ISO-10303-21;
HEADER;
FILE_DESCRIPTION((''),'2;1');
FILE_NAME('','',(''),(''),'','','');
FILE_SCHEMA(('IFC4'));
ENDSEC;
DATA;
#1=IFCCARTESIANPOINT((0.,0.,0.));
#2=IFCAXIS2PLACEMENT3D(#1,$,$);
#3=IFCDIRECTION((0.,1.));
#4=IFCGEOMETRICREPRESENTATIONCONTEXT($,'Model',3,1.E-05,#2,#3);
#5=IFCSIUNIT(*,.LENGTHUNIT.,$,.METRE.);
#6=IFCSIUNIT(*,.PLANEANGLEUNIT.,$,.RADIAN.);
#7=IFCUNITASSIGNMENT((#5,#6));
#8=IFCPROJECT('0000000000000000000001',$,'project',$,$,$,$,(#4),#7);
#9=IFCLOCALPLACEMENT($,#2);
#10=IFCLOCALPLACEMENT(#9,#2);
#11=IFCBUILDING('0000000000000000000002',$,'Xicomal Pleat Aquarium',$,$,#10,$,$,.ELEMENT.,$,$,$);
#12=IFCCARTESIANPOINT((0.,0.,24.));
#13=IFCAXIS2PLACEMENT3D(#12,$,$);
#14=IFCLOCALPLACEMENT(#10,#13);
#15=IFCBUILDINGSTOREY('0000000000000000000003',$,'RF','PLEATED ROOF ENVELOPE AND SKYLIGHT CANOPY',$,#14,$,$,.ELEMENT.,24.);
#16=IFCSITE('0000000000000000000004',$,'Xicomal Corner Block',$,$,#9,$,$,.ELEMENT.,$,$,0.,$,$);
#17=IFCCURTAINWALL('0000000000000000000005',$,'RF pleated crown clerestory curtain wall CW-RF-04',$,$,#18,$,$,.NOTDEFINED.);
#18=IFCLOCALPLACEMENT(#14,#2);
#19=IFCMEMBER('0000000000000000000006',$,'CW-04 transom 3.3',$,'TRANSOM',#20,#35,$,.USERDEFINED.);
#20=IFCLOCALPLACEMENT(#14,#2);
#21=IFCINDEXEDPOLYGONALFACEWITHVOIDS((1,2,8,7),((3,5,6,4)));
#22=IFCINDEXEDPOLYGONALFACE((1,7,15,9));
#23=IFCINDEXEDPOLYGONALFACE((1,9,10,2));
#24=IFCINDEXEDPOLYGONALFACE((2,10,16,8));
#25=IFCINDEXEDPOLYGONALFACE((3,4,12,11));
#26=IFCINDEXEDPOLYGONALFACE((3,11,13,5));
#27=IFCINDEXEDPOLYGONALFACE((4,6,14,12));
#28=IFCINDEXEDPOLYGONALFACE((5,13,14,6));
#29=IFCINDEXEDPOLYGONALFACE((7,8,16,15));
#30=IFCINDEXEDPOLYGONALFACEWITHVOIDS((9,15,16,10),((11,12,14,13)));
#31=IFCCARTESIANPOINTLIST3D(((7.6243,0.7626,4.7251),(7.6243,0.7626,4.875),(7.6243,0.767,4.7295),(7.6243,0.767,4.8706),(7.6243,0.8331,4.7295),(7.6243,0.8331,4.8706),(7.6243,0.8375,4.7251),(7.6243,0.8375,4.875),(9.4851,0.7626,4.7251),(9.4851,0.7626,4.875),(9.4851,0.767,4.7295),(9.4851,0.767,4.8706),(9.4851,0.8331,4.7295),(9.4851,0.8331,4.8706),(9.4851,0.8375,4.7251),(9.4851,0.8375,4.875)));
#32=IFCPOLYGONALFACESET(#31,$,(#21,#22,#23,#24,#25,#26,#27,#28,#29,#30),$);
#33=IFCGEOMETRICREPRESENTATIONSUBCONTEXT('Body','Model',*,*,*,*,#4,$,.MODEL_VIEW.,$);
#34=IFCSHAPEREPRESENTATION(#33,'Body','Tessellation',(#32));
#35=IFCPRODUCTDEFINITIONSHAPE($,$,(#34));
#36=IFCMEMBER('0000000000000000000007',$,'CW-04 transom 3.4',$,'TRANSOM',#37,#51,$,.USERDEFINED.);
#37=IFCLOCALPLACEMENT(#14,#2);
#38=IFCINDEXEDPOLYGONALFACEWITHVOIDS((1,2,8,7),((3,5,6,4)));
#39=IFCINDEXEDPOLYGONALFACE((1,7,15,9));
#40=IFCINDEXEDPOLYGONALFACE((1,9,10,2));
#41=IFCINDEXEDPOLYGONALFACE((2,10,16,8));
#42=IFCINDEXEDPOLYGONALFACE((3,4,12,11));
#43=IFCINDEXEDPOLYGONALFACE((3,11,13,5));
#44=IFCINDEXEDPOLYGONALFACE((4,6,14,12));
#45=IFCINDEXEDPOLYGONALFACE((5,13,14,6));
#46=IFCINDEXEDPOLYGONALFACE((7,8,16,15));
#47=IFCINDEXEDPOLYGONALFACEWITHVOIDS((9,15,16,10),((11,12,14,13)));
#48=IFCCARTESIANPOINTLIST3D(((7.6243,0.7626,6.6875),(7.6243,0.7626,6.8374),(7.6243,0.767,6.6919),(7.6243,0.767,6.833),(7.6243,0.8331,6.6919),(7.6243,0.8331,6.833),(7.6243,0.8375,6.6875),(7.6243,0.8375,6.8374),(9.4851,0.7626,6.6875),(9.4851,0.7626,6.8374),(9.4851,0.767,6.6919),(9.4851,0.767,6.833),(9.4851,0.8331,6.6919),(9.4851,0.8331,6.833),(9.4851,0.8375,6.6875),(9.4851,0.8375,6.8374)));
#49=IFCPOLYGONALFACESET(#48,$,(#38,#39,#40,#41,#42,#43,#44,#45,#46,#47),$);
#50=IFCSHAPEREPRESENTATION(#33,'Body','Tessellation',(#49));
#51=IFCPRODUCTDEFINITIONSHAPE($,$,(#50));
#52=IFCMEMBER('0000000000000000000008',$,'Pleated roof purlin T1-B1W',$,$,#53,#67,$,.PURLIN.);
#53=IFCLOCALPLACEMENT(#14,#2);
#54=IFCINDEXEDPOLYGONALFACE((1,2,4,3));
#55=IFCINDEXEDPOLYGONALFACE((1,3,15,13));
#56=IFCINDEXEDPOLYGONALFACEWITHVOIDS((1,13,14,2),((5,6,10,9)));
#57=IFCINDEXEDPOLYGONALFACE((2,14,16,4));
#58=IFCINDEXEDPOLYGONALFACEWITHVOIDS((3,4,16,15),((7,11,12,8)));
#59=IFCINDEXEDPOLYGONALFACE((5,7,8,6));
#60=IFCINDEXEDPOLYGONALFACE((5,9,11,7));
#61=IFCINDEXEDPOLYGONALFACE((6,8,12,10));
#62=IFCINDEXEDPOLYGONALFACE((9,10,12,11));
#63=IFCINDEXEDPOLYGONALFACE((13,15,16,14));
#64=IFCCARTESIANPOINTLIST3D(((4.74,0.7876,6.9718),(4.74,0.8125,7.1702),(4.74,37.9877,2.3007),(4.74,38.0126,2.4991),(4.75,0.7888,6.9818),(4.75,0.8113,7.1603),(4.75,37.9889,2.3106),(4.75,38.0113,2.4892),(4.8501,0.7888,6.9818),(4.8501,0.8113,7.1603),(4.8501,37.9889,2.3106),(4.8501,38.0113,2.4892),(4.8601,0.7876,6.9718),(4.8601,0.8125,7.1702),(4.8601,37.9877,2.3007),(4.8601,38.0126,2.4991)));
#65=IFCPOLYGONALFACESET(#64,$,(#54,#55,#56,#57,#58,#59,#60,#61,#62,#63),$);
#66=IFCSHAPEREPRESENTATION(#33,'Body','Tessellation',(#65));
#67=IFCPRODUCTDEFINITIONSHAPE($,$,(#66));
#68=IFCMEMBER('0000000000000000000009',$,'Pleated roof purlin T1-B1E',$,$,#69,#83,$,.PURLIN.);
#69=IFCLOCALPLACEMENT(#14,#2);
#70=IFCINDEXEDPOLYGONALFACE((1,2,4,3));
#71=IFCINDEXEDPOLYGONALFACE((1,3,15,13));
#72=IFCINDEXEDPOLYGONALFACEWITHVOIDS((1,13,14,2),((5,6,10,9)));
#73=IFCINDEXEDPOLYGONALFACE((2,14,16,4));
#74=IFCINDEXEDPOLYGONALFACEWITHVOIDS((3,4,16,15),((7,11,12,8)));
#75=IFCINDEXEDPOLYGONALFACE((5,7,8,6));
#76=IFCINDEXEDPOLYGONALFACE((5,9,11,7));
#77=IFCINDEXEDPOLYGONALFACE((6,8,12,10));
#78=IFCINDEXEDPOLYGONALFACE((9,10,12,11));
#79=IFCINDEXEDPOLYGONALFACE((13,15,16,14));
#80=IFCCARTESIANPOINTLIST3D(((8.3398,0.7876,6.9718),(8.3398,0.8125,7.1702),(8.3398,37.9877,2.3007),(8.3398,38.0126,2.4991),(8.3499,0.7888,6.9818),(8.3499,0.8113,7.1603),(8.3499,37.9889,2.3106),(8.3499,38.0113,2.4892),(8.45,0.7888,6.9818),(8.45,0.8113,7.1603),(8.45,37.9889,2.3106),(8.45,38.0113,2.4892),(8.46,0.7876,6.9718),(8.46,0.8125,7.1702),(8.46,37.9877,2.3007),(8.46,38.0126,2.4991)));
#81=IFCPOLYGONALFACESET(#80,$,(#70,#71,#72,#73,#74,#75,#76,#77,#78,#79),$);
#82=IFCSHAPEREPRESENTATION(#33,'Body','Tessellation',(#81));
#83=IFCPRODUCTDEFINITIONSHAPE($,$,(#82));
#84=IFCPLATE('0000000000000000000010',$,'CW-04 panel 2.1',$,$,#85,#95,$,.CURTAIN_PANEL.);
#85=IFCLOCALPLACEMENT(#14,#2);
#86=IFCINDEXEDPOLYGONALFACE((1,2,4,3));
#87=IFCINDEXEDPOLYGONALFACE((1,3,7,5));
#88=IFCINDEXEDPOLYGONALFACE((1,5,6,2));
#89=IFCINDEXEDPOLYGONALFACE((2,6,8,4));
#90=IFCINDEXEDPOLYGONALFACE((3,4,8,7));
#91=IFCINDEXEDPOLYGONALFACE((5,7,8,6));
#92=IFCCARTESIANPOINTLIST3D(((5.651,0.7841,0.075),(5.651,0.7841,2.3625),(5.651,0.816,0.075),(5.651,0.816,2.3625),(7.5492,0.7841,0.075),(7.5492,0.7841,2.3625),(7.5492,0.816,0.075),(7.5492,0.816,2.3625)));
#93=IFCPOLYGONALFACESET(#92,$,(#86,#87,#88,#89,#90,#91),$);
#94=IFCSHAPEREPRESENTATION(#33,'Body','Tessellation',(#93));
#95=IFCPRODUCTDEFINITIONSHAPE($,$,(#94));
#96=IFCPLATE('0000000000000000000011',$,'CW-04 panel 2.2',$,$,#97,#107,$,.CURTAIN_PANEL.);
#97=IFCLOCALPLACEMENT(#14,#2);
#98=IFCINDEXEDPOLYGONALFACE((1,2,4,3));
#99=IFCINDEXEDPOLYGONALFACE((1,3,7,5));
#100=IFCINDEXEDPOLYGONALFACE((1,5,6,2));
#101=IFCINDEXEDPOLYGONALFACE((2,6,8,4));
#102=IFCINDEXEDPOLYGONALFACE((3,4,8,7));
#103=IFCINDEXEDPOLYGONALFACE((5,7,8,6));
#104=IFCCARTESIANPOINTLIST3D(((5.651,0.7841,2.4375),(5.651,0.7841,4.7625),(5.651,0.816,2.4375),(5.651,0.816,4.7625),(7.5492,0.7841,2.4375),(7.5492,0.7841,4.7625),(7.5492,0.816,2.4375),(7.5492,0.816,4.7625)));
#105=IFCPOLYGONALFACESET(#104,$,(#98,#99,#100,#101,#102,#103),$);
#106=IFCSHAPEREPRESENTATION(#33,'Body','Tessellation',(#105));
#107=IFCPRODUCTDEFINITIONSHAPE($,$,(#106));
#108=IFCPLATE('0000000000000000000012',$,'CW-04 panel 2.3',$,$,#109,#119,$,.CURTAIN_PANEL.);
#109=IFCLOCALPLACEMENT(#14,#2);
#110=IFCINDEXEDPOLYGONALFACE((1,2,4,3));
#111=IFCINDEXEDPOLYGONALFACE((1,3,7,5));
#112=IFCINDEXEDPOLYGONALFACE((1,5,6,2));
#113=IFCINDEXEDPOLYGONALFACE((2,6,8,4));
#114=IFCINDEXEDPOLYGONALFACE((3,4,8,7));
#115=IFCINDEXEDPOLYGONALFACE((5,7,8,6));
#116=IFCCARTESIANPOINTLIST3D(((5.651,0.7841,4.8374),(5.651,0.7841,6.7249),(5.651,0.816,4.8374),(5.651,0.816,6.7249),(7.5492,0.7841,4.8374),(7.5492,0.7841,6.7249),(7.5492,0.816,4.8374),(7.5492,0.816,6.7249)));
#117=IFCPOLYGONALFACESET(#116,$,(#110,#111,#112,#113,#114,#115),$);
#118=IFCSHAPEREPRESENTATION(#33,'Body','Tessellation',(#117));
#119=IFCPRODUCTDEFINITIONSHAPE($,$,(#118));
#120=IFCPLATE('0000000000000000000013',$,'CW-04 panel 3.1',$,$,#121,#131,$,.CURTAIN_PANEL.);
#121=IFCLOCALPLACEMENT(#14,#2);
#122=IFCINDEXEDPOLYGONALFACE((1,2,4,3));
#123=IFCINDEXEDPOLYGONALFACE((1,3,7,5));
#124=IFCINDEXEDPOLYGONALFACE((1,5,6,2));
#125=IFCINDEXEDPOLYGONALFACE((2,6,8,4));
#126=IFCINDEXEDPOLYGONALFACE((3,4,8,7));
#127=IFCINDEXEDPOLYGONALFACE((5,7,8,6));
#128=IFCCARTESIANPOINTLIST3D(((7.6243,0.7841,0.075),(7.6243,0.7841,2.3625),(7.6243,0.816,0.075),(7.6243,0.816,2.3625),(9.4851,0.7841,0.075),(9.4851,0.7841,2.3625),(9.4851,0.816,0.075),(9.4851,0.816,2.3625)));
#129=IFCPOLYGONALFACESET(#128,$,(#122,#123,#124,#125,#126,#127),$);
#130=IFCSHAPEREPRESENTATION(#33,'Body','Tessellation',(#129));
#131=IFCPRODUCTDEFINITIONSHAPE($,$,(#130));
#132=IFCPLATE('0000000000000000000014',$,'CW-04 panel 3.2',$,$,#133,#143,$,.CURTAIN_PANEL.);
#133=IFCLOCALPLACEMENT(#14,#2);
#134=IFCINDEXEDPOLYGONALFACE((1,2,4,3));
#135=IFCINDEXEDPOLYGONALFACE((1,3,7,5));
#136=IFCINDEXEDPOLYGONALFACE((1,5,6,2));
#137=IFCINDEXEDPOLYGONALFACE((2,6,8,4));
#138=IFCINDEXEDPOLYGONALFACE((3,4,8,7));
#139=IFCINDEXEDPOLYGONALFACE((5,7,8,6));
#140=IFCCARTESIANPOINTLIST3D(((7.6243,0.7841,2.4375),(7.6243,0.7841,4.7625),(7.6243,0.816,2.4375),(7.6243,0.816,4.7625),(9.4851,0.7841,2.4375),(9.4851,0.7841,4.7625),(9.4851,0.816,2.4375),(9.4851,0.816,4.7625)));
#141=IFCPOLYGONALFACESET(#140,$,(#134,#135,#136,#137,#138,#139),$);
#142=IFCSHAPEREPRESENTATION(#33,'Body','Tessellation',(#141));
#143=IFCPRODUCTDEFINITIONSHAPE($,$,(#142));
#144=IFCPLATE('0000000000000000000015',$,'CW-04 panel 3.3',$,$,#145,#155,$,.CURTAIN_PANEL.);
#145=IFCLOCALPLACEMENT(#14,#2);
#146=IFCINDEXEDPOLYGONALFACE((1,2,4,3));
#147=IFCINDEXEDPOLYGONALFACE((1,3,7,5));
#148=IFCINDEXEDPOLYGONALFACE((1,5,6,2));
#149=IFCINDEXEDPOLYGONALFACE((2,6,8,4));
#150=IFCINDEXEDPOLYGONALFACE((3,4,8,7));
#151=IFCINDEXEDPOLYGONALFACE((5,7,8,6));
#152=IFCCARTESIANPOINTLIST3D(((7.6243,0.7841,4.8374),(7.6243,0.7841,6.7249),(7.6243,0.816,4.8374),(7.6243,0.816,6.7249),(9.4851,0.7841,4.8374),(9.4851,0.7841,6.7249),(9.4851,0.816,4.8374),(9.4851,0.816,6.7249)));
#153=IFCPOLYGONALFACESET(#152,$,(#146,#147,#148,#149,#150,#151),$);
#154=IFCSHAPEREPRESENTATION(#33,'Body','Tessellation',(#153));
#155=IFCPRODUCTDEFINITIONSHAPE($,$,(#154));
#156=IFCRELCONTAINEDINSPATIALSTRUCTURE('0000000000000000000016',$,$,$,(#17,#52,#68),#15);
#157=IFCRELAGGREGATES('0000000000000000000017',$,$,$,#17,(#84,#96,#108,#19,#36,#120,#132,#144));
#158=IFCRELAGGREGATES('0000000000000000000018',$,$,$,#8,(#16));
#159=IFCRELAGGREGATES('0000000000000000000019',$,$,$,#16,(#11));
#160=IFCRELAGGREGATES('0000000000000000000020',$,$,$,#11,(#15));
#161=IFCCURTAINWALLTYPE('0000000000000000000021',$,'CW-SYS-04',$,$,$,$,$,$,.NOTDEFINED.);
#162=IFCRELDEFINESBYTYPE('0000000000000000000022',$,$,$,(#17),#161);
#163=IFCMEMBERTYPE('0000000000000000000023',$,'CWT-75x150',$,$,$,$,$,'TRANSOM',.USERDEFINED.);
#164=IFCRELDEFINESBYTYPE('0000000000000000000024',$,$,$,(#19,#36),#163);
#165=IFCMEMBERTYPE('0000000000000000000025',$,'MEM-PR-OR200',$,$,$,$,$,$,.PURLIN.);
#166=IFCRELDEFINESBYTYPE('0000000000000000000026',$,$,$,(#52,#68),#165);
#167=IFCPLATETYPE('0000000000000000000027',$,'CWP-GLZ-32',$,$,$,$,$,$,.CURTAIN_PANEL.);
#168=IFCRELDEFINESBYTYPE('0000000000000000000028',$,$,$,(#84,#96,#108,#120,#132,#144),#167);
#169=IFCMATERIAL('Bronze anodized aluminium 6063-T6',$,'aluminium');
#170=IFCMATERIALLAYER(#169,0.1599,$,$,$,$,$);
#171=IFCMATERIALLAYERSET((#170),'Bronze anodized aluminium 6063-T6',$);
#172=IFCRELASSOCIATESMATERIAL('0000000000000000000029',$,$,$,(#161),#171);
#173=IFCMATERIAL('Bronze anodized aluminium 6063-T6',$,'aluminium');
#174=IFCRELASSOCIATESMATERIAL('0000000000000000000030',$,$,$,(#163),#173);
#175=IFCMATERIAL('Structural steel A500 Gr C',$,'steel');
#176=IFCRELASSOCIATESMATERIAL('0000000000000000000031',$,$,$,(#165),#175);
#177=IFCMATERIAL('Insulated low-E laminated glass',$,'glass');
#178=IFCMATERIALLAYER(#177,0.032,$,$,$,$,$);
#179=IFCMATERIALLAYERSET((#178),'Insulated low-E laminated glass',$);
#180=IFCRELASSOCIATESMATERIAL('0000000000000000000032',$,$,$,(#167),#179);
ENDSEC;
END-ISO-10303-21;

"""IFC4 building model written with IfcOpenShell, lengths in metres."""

from ifc_helpers import new_model, si_unit, direction, frame, origin, origin_2d, place, context, subcontext, project, spatial, rectangle, hollow_rectangle, extrude, material, layer, layer_set, material_profile, profile_set, type_object, element, aggregate, save


model = new_model("IFC4")

# Units and contexts
model_context = context("Model", 3, precision=1e-05, world=origin(), true_north=direction((0.0, 1.0)))
body_context = subcontext(model_context, "Body", "Model", "MODEL_VIEW")
ifc_project = project(units=[si_unit("LENGTHUNIT", "METRE"), si_unit("PLANEANGLEUNIT", "RADIAN")], contexts=[model_context])

# Site, building, storey
site_placement = place(None, origin())
site = spatial("IfcSite", under=ifc_project, at=site_placement, Name="Xicomal Corner Block", CompositionType="ELEMENT", RefElevation=0.0)
building_placement = place(site_placement, origin())
building = spatial("IfcBuilding", under=site, at=building_placement, Name="Xicomal Pleat Aquarium", CompositionType="ELEMENT")
storey_placement = place(building_placement, frame((0.0, 0.0, 24.0)))
storey = spatial("IfcBuildingStorey", under=building, at=storey_placement, Name="RF", Description="PLEATED ROOF ENVELOPE AND SKYLIGHT CANOPY", CompositionType="ELEMENT", Elevation=24.0)

# Curtain wall, members
ifc_material_1 = material(Name="Bronze anodized aluminium 6063-T6", Category="aluminium")
ifc_layer_1 = layer(ifc_material_1, 0.1599)
ifc_layer_set_1 = layer_set([ifc_layer_1], Name="Bronze anodized aluminium 6063-T6")
curtain_wall_type = type_object("IfcCurtainWallType", Name="CW-SYS-04", PredefinedType="NOTDEFINED", material=ifc_layer_set_1)
curtain_wall_placement = place(storey_placement, origin())
curtain_wall = element("IfcCurtainWall", 1, at=curtain_wall_placement, inside=storey, type_object=curtain_wall_type, Name="RF pleated crown clerestory curtain wall CW-RF-04", PredefinedType="NOTDEFINED")
ifc_material_2 = material(Name="Bronze anodized aluminium 6063-T6", Category="aluminium")
ifc_material_profile_1 = material_profile(ifc_material_2, hollow_rectangle(XDim=0.075, YDim=0.1499, WallThickness=0.0044, at=origin_2d()), Name="ALU TRAN 75x150")
ifc_profile_set_1 = profile_set([ifc_material_profile_1], Name="Bronze anodized aluminium 6063-T6")
member_type_1 = type_object("IfcMemberType", Name="CWT-75x150", ElementType="TRANSOM", PredefinedType="USERDEFINED", material=ifc_profile_set_1)
member_1_placement = place(storey_placement, frame((7.6243, 0.8, 4.8), z_axis=(1.0, 0.0, 0.0), x_axis=(0.0, 1.0, 0.0)))
member_1 = element("IfcMember", 2, at=member_1_placement, type_object=member_type_1, Name="CW-04 transom 3.3", ObjectType="TRANSOM", PredefinedType="USERDEFINED", context=body_context, shape_type="SweptSolid", body=[
    extrude(hollow_rectangle(XDim=0.075, YDim=0.1499, WallThickness=0.0044, at=origin_2d()), origin(), (0.0, 0.0, 1.0), 1.8608),
])
member_2_placement = place(storey_placement, frame((7.6243, 0.8, 6.7625), z_axis=(1.0, 0.0, 0.0), x_axis=(0.0, 1.0, 0.0)))
member_2 = element("IfcMember", 3, at=member_2_placement, type_object=member_type_1, Name="CW-04 transom 3.4", ObjectType="TRANSOM", PredefinedType="USERDEFINED", context=body_context, shape_type="SweptSolid", body=[
    extrude(hollow_rectangle(XDim=0.075, YDim=0.1499, WallThickness=0.0044, at=origin_2d()), origin(), (0.0, 0.0, 1.0), 1.8608),
])

# Members
ifc_material_3 = material(Name="Structural steel A500 Gr C", Category="steel")
ifc_material_profile_2 = material_profile(ifc_material_3, hollow_rectangle(XDim=0.1201, YDim=0.2, WallThickness=0.01, at=origin_2d()), Name="OR 200x120x10")
ifc_profile_set_2 = profile_set([ifc_material_profile_2], Name="Structural steel A500 Gr C")
member_type_2 = type_object("IfcMemberType", Name="MEM-PR-OR200", PredefinedType="PURLIN", material=ifc_profile_set_2)
for number, where, z_axis, x_axis, name in (
    (4, (4.8, 0.8, 7.071), (0.0, 0.992208, -0.12459), (-1.0, 0.0, 0.0), "Pleated roof purlin T1-B1W"),
    (5, (8.3999, 0.8, 7.071), (0.0, 0.992208, -0.12459), (-1.0, 0.0, 0.0), "Pleated roof purlin T1-B1E"),
):
    element("IfcMember", number, at=place(storey_placement, frame(where, z_axis=z_axis, x_axis=x_axis)), inside=storey, type_object=member_type_2, Name=name, PredefinedType="PURLIN", context=body_context, shape_type="SweptSolid", body=[
        extrude(hollow_rectangle(XDim=0.1201, YDim=0.2, WallThickness=0.01, at=origin_2d()), origin(), (0.0, 0.0, 1.0), 37.4922),
    ])

# Plates
ifc_material_4 = material(Name="Insulated low-E laminated glass", Category="glass")
ifc_layer_2 = layer(ifc_material_4, 0.032)
ifc_layer_set_2 = layer_set([ifc_layer_2], Name="Insulated low-E laminated glass")
plate_type = type_object("IfcPlateType", Name="CWP-GLZ-32", PredefinedType="CURTAIN_PANEL", material=ifc_layer_set_2)
plate_1_placement = place(storey_placement, frame((6.6001, 0.8, 0.075), z_axis=(0.0, 0.0, 1.0), x_axis=(1.0, 0.0, 0.0)))
plate_1 = element("IfcPlate", 6, at=plate_1_placement, type_object=plate_type, Name="CW-04 panel 2.1", PredefinedType="CURTAIN_PANEL", context=body_context, shape_type="SweptSolid", body=[
    extrude(rectangle(XDim=1.8982, YDim=0.032, at=origin_2d()), origin(), (0.0, 0.0, 1.0), 2.2876),
])
plate_2_placement = place(storey_placement, frame((6.6001, 0.8, 2.4375), z_axis=(0.0, 0.0, 1.0), x_axis=(1.0, 0.0, 0.0)))
plate_2 = element("IfcPlate", 7, at=plate_2_placement, type_object=plate_type, Name="CW-04 panel 2.2", PredefinedType="CURTAIN_PANEL", context=body_context, shape_type="SweptSolid", body=[
    extrude(rectangle(XDim=1.8982, YDim=0.032, at=origin_2d()), origin(), (0.0, 0.0, 1.0), 2.325),
])
plate_3_placement = place(storey_placement, frame((6.6001, 0.8, 4.8374), z_axis=(0.0, 0.0, 1.0), x_axis=(1.0, 0.0, 0.0)))
plate_3 = element("IfcPlate", 8, at=plate_3_placement, type_object=plate_type, Name="CW-04 panel 2.3", PredefinedType="CURTAIN_PANEL", context=body_context, shape_type="SweptSolid", body=[
    extrude(rectangle(XDim=1.8982, YDim=0.032, at=origin_2d()), origin(), (0.0, 0.0, 1.0), 1.8875),
])
plate_4_placement = place(storey_placement, frame((8.5547, 0.8, 0.075), z_axis=(0.0, 0.0, 1.0), x_axis=(1.0, 0.0, 0.0)))
plate_4 = element("IfcPlate", 9, at=plate_4_placement, type_object=plate_type, Name="CW-04 panel 3.1", PredefinedType="CURTAIN_PANEL", context=body_context, shape_type="SweptSolid", body=[
    extrude(rectangle(XDim=1.8608, YDim=0.032, at=origin_2d()), origin(), (0.0, 0.0, 1.0), 2.2876),
])
plate_5_placement = place(storey_placement, frame((8.5547, 0.8, 2.4375), z_axis=(0.0, 0.0, 1.0), x_axis=(1.0, 0.0, 0.0)))
plate_5 = element("IfcPlate", 10, at=plate_5_placement, type_object=plate_type, Name="CW-04 panel 3.2", PredefinedType="CURTAIN_PANEL", context=body_context, shape_type="SweptSolid", body=[
    extrude(rectangle(XDim=1.8608, YDim=0.032, at=origin_2d()), origin(), (0.0, 0.0, 1.0), 2.325),
])
plate_6_placement = place(storey_placement, frame((8.5547, 0.8, 4.8374), z_axis=(0.0, 0.0, 1.0), x_axis=(1.0, 0.0, 0.0)))
plate_6 = element("IfcPlate", 11, at=plate_6_placement, type_object=plate_type, Name="CW-04 panel 3.3", PredefinedType="CURTAIN_PANEL", context=body_context, shape_type="SweptSolid", body=[
    extrude(rectangle(XDim=1.8608, YDim=0.032, at=origin_2d()), origin(), (0.0, 0.0, 1.0), 1.8875),
])
aggregate(curtain_wall, [plate_1, plate_2, plate_3, member_1, member_2, plate_4, plate_5, plate_6])

save(model, "model.ifc")
